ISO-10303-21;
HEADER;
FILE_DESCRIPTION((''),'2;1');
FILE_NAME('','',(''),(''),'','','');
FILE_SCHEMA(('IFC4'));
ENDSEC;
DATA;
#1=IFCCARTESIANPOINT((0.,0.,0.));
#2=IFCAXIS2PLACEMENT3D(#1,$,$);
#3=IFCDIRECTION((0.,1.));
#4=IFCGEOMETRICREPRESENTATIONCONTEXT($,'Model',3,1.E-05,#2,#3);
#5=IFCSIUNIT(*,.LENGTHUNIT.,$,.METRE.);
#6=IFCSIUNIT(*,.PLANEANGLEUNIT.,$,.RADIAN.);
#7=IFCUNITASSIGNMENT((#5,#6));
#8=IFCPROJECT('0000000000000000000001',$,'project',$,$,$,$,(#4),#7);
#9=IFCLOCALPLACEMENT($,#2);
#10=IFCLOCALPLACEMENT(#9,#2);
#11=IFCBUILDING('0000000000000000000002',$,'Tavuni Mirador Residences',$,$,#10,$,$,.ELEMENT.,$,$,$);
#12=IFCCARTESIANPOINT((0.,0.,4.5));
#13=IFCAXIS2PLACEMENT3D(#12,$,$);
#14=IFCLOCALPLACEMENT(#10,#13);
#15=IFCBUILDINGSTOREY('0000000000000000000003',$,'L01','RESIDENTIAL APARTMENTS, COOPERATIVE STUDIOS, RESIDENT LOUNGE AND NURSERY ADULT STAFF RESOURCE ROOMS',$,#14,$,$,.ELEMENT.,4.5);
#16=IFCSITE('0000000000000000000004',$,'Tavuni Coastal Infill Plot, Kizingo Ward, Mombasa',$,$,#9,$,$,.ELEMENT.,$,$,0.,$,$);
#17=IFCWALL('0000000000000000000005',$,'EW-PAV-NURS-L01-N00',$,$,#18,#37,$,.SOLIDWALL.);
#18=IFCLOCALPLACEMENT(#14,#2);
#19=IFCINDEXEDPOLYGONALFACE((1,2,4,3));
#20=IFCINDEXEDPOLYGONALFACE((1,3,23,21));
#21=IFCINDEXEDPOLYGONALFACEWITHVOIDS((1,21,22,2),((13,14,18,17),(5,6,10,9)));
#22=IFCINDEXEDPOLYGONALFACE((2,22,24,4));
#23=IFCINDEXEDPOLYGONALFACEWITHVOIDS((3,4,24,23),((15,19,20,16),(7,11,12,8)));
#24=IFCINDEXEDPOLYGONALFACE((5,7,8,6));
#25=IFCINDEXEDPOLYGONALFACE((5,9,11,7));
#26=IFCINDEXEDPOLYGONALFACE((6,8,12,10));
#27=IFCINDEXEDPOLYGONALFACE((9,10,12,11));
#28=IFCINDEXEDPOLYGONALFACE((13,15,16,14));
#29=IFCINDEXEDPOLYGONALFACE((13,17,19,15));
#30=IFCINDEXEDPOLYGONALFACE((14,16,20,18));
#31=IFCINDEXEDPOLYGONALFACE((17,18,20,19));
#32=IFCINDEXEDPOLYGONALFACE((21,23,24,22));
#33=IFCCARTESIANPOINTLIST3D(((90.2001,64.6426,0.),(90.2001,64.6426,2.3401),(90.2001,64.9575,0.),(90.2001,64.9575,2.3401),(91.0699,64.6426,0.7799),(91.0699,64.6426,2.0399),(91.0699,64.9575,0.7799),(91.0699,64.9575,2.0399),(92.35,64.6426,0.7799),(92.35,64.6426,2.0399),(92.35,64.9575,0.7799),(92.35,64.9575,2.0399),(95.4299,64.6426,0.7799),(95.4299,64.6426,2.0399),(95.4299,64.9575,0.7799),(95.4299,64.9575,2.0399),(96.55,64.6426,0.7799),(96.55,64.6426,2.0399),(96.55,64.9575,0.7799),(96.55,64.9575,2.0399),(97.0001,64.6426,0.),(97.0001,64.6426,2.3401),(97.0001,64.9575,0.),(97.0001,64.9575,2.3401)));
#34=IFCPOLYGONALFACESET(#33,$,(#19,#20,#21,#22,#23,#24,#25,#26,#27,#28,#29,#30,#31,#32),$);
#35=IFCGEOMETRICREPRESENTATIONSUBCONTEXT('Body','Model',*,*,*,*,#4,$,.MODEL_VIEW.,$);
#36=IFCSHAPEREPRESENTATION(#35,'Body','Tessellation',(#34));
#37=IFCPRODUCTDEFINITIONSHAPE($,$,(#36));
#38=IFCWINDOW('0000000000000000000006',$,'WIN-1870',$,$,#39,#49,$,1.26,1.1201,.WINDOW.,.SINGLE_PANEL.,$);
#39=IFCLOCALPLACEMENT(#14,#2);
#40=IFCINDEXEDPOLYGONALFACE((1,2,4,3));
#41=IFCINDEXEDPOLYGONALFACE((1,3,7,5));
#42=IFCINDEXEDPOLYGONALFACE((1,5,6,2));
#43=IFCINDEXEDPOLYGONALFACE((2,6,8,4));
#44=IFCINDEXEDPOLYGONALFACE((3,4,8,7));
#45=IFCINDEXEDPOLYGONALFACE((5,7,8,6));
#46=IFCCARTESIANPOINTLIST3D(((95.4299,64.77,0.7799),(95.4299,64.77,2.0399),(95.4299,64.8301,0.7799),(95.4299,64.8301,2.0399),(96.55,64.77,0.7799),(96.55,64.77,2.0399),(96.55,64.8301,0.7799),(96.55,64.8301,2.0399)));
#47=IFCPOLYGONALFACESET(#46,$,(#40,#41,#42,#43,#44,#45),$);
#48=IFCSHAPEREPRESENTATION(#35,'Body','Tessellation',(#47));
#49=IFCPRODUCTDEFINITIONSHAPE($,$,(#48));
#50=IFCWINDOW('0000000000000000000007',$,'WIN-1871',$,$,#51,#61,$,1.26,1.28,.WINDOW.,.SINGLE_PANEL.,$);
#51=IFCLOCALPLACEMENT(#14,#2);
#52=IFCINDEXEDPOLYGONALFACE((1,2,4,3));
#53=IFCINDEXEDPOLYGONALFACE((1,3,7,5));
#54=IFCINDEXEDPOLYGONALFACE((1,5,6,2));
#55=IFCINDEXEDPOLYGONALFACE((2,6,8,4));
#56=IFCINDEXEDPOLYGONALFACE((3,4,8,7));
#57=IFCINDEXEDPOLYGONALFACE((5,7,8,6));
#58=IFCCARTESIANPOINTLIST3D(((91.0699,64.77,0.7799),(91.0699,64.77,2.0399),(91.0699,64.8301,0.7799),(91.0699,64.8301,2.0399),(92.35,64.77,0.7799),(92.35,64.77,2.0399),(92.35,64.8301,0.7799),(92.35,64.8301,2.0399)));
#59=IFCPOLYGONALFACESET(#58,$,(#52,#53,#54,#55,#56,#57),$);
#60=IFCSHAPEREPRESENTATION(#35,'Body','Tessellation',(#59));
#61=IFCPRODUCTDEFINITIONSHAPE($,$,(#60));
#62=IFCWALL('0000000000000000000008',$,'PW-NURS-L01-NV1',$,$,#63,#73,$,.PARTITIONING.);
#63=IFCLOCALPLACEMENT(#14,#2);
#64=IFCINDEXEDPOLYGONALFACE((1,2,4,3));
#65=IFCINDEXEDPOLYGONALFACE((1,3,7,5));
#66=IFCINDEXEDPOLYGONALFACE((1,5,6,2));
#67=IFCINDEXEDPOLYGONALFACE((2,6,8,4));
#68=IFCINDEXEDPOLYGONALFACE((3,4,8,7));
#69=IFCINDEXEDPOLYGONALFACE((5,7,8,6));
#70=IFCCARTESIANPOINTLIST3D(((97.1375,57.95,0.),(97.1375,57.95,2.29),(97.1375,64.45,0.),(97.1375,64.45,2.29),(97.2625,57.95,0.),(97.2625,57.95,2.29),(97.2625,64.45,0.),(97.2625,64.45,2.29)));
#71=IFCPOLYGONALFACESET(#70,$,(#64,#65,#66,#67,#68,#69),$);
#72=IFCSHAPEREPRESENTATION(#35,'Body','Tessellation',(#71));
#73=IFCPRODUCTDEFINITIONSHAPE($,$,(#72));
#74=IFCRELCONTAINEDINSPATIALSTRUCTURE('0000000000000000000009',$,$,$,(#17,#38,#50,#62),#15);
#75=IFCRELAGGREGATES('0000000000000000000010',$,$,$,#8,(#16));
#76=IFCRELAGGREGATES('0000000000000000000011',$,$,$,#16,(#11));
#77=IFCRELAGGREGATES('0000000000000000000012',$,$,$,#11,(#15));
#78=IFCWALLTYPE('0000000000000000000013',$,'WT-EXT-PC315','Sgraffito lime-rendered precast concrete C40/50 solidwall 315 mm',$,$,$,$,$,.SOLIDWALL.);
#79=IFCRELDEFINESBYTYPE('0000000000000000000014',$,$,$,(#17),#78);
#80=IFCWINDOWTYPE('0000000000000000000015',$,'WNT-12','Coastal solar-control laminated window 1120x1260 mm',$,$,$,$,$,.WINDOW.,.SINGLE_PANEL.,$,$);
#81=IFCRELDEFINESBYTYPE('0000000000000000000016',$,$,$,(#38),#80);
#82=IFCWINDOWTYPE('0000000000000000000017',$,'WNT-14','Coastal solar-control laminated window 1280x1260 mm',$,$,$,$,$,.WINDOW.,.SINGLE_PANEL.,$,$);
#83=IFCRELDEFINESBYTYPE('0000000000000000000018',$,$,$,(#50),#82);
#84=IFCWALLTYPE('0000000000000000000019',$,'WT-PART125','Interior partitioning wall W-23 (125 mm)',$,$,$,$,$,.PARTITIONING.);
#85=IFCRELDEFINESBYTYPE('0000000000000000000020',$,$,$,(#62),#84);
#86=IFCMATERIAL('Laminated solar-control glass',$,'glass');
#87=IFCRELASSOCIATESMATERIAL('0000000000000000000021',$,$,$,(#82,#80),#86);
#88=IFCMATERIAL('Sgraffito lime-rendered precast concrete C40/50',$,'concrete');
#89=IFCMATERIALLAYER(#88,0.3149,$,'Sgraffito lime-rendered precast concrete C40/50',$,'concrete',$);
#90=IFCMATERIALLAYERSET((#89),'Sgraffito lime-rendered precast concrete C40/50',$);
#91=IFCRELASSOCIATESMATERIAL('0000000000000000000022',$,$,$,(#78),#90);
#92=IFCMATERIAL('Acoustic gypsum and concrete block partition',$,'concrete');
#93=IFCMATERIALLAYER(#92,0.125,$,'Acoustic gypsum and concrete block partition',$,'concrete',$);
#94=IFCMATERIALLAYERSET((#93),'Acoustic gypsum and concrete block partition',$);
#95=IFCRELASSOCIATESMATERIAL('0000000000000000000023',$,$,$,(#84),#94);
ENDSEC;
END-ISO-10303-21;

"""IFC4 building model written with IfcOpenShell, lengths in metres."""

from ifc_helpers import new_model, si_unit, direction, frame, frame_2d, origin, place, context, subcontext, project, spatial, rectangle, extrude, material, layer, layer_set, type_object, element, fill, save


model = new_model("IFC4")

# Units and contexts
model_context = context("Model", 3, precision=1e-05, world=origin(), true_north=direction((0.0, 1.0)))
body_context = subcontext(model_context, "Body", "Model", "MODEL_VIEW")
ifc_project = project(units=[si_unit("LENGTHUNIT", "METRE"), si_unit("PLANEANGLEUNIT", "RADIAN")], contexts=[model_context])

# Site, building, storey
site_placement = place(None, origin())
site = spatial("IfcSite", under=ifc_project, at=site_placement, Name="Tavuni Coastal Infill Plot, Kizingo Ward, Mombasa", CompositionType="ELEMENT", RefElevation=0.0)
building_placement = place(site_placement, origin())
building = spatial("IfcBuilding", under=site, at=building_placement, Name="Tavuni Mirador Residences", CompositionType="ELEMENT")
storey_placement = place(building_placement, frame((0.0, 0.0, 4.5)))
storey = spatial("IfcBuildingStorey", under=building, at=storey_placement, Name="L01", Description="RESIDENTIAL APARTMENTS, COOPERATIVE STUDIOS, RESIDENT LOUNGE AND NURSERY ADULT STAFF RESOURCE ROOMS", CompositionType="ELEMENT", Elevation=4.5)

# Wall, openings, windows
ifc_material_1 = material(Name="Sgraffito lime-rendered precast concrete C40/50", Category="concrete")
ifc_material_2 = material(Name="Laminated solar-control glass", Category="glass")
window_type_1 = type_object("IfcWindowType", Name="WNT-14", Description="Coastal solar-control laminated window 1280x1260 mm", PartitioningType="SINGLE_PANEL", PredefinedType="WINDOW", material=ifc_material_2)
window_type_2 = type_object("IfcWindowType", Name="WNT-12", Description="Coastal solar-control laminated window 1120x1260 mm", PartitioningType="SINGLE_PANEL", PredefinedType="WINDOW", material=ifc_material_2)
ifc_layer_1 = layer(ifc_material_1, 0.3149, Name="Sgraffito lime-rendered precast concrete C40/50", Category="concrete")
ifc_layer_set_1 = layer_set([ifc_layer_1], Name="Sgraffito lime-rendered precast concrete C40/50")
wall_type_1 = type_object("IfcWallType", Name="WT-EXT-PC315", Description="Sgraffito lime-rendered precast concrete C40/50 solidwall 315 mm", PredefinedType="SOLIDWALL", material=ifc_layer_set_1)
wall_1_placement = place(storey_placement, frame((97.0, 64.8, 0.0), z_axis=(0.0, 0.0, 1.0), x_axis=(-1.0, 0.0, 0.0)))
wall_1 = element("IfcWall", 1, at=wall_1_placement, inside=storey, type_object=wall_type_1, Name="EW-PAV-NURS-L01-N00", PredefinedType="SOLIDWALL", context=body_context, shape_type="SweptSolid", body=[
    extrude(rectangle(XDim=6.8, YDim=0.3149, at=frame_2d((3.3999, 0.0))), origin(), (0.0, 0.0, 1.0), 2.3401),
])
opening_1_placement = place(wall_1_placement, frame((0.45, 0.0, 0.78)))
opening_1 = element("IfcOpeningElement", 2, at=opening_1_placement, cuts=wall_1, PredefinedType="OPENING", context=body_context, shape_type="SweptSolid", body=[
    extrude(rectangle(XDim=1.1201, YDim=1.26, at=frame_2d((0.5601, 0.6299))), frame((0.0, 0.1675, 0.0), z_axis=(0.0, -1.0, 0.0), x_axis=(1.0, 0.0, 0.0)), (0.0, 0.0, 1.0), 0.335),
])
opening_2_placement = place(wall_1_placement, frame((4.6499, 0.0, 0.78)))
opening_2 = element("IfcOpeningElement", 3, at=opening_2_placement, cuts=wall_1, PredefinedType="OPENING", context=body_context, shape_type="SweptSolid", body=[
    extrude(rectangle(XDim=1.28, YDim=1.26, at=frame_2d((0.6401, 0.6299))), frame((0.0, 0.1675, 0.0), z_axis=(0.0, -1.0, 0.0), x_axis=(1.0, 0.0, 0.0)), (0.0, 0.0, 1.0), 0.335),
])
window_1_placement = place(opening_1_placement, origin())
window_1 = element("IfcWindow", 4, at=window_1_placement, inside=storey, type_object=window_type_2, Name="WIN-1870", OverallHeight=1.26, OverallWidth=1.1201, PartitioningType="SINGLE_PANEL", PredefinedType="WINDOW", context=body_context, shape_type="SweptSolid", body=[
    extrude(rectangle(XDim=1.1201, YDim=1.26, at=frame_2d((0.5601, 0.6299))), frame((0.0, 0.03, 0.0), z_axis=(0.0, -1.0, 0.0), x_axis=(1.0, 0.0, 0.0)), (0.0, 0.0, 1.0), 0.0601),
])
fill(opening_1, window_1)
window_2_placement = place(opening_2_placement, origin())
window_2 = element("IfcWindow", 5, at=window_2_placement, inside=storey, type_object=window_type_1, Name="WIN-1871", OverallHeight=1.26, OverallWidth=1.28, PartitioningType="SINGLE_PANEL", PredefinedType="WINDOW", context=body_context, shape_type="SweptSolid", body=[
    extrude(rectangle(XDim=1.28, YDim=1.26, at=frame_2d((0.6401, 0.6299))), frame((0.0, 0.03, 0.0), z_axis=(0.0, -1.0, 0.0), x_axis=(1.0, 0.0, 0.0)), (0.0, 0.0, 1.0), 0.0601),
])
fill(opening_2, window_2)

# Wall
ifc_material_3 = material(Name="Acoustic gypsum and concrete block partition", Category="concrete")
ifc_layer_2 = layer(ifc_material_3, 0.125, Name="Acoustic gypsum and concrete block partition", Category="concrete")
ifc_layer_set_2 = layer_set([ifc_layer_2], Name="Acoustic gypsum and concrete block partition")
wall_type_2 = type_object("IfcWallType", Name="WT-PART125", Description="Interior partitioning wall W-23 (125 mm)", PredefinedType="PARTITIONING", material=ifc_layer_set_2)
wall_2_placement = place(storey_placement, frame((97.2, 57.95, 0.0), z_axis=(0.0, 0.0, 1.0), x_axis=(0.0, 1.0, 0.0)))
element("IfcWall", 6, at=wall_2_placement, inside=storey, type_object=wall_type_2, Name="PW-NURS-L01-NV1", PredefinedType="PARTITIONING", context=body_context, shape_type="SweptSolid", body=[
    extrude(rectangle(XDim=6.5, YDim=0.125, at=frame_2d((3.25, 0.0))), origin(), (0.0, 0.0, 1.0), 2.29),
])

save(model, "model.ifc")
